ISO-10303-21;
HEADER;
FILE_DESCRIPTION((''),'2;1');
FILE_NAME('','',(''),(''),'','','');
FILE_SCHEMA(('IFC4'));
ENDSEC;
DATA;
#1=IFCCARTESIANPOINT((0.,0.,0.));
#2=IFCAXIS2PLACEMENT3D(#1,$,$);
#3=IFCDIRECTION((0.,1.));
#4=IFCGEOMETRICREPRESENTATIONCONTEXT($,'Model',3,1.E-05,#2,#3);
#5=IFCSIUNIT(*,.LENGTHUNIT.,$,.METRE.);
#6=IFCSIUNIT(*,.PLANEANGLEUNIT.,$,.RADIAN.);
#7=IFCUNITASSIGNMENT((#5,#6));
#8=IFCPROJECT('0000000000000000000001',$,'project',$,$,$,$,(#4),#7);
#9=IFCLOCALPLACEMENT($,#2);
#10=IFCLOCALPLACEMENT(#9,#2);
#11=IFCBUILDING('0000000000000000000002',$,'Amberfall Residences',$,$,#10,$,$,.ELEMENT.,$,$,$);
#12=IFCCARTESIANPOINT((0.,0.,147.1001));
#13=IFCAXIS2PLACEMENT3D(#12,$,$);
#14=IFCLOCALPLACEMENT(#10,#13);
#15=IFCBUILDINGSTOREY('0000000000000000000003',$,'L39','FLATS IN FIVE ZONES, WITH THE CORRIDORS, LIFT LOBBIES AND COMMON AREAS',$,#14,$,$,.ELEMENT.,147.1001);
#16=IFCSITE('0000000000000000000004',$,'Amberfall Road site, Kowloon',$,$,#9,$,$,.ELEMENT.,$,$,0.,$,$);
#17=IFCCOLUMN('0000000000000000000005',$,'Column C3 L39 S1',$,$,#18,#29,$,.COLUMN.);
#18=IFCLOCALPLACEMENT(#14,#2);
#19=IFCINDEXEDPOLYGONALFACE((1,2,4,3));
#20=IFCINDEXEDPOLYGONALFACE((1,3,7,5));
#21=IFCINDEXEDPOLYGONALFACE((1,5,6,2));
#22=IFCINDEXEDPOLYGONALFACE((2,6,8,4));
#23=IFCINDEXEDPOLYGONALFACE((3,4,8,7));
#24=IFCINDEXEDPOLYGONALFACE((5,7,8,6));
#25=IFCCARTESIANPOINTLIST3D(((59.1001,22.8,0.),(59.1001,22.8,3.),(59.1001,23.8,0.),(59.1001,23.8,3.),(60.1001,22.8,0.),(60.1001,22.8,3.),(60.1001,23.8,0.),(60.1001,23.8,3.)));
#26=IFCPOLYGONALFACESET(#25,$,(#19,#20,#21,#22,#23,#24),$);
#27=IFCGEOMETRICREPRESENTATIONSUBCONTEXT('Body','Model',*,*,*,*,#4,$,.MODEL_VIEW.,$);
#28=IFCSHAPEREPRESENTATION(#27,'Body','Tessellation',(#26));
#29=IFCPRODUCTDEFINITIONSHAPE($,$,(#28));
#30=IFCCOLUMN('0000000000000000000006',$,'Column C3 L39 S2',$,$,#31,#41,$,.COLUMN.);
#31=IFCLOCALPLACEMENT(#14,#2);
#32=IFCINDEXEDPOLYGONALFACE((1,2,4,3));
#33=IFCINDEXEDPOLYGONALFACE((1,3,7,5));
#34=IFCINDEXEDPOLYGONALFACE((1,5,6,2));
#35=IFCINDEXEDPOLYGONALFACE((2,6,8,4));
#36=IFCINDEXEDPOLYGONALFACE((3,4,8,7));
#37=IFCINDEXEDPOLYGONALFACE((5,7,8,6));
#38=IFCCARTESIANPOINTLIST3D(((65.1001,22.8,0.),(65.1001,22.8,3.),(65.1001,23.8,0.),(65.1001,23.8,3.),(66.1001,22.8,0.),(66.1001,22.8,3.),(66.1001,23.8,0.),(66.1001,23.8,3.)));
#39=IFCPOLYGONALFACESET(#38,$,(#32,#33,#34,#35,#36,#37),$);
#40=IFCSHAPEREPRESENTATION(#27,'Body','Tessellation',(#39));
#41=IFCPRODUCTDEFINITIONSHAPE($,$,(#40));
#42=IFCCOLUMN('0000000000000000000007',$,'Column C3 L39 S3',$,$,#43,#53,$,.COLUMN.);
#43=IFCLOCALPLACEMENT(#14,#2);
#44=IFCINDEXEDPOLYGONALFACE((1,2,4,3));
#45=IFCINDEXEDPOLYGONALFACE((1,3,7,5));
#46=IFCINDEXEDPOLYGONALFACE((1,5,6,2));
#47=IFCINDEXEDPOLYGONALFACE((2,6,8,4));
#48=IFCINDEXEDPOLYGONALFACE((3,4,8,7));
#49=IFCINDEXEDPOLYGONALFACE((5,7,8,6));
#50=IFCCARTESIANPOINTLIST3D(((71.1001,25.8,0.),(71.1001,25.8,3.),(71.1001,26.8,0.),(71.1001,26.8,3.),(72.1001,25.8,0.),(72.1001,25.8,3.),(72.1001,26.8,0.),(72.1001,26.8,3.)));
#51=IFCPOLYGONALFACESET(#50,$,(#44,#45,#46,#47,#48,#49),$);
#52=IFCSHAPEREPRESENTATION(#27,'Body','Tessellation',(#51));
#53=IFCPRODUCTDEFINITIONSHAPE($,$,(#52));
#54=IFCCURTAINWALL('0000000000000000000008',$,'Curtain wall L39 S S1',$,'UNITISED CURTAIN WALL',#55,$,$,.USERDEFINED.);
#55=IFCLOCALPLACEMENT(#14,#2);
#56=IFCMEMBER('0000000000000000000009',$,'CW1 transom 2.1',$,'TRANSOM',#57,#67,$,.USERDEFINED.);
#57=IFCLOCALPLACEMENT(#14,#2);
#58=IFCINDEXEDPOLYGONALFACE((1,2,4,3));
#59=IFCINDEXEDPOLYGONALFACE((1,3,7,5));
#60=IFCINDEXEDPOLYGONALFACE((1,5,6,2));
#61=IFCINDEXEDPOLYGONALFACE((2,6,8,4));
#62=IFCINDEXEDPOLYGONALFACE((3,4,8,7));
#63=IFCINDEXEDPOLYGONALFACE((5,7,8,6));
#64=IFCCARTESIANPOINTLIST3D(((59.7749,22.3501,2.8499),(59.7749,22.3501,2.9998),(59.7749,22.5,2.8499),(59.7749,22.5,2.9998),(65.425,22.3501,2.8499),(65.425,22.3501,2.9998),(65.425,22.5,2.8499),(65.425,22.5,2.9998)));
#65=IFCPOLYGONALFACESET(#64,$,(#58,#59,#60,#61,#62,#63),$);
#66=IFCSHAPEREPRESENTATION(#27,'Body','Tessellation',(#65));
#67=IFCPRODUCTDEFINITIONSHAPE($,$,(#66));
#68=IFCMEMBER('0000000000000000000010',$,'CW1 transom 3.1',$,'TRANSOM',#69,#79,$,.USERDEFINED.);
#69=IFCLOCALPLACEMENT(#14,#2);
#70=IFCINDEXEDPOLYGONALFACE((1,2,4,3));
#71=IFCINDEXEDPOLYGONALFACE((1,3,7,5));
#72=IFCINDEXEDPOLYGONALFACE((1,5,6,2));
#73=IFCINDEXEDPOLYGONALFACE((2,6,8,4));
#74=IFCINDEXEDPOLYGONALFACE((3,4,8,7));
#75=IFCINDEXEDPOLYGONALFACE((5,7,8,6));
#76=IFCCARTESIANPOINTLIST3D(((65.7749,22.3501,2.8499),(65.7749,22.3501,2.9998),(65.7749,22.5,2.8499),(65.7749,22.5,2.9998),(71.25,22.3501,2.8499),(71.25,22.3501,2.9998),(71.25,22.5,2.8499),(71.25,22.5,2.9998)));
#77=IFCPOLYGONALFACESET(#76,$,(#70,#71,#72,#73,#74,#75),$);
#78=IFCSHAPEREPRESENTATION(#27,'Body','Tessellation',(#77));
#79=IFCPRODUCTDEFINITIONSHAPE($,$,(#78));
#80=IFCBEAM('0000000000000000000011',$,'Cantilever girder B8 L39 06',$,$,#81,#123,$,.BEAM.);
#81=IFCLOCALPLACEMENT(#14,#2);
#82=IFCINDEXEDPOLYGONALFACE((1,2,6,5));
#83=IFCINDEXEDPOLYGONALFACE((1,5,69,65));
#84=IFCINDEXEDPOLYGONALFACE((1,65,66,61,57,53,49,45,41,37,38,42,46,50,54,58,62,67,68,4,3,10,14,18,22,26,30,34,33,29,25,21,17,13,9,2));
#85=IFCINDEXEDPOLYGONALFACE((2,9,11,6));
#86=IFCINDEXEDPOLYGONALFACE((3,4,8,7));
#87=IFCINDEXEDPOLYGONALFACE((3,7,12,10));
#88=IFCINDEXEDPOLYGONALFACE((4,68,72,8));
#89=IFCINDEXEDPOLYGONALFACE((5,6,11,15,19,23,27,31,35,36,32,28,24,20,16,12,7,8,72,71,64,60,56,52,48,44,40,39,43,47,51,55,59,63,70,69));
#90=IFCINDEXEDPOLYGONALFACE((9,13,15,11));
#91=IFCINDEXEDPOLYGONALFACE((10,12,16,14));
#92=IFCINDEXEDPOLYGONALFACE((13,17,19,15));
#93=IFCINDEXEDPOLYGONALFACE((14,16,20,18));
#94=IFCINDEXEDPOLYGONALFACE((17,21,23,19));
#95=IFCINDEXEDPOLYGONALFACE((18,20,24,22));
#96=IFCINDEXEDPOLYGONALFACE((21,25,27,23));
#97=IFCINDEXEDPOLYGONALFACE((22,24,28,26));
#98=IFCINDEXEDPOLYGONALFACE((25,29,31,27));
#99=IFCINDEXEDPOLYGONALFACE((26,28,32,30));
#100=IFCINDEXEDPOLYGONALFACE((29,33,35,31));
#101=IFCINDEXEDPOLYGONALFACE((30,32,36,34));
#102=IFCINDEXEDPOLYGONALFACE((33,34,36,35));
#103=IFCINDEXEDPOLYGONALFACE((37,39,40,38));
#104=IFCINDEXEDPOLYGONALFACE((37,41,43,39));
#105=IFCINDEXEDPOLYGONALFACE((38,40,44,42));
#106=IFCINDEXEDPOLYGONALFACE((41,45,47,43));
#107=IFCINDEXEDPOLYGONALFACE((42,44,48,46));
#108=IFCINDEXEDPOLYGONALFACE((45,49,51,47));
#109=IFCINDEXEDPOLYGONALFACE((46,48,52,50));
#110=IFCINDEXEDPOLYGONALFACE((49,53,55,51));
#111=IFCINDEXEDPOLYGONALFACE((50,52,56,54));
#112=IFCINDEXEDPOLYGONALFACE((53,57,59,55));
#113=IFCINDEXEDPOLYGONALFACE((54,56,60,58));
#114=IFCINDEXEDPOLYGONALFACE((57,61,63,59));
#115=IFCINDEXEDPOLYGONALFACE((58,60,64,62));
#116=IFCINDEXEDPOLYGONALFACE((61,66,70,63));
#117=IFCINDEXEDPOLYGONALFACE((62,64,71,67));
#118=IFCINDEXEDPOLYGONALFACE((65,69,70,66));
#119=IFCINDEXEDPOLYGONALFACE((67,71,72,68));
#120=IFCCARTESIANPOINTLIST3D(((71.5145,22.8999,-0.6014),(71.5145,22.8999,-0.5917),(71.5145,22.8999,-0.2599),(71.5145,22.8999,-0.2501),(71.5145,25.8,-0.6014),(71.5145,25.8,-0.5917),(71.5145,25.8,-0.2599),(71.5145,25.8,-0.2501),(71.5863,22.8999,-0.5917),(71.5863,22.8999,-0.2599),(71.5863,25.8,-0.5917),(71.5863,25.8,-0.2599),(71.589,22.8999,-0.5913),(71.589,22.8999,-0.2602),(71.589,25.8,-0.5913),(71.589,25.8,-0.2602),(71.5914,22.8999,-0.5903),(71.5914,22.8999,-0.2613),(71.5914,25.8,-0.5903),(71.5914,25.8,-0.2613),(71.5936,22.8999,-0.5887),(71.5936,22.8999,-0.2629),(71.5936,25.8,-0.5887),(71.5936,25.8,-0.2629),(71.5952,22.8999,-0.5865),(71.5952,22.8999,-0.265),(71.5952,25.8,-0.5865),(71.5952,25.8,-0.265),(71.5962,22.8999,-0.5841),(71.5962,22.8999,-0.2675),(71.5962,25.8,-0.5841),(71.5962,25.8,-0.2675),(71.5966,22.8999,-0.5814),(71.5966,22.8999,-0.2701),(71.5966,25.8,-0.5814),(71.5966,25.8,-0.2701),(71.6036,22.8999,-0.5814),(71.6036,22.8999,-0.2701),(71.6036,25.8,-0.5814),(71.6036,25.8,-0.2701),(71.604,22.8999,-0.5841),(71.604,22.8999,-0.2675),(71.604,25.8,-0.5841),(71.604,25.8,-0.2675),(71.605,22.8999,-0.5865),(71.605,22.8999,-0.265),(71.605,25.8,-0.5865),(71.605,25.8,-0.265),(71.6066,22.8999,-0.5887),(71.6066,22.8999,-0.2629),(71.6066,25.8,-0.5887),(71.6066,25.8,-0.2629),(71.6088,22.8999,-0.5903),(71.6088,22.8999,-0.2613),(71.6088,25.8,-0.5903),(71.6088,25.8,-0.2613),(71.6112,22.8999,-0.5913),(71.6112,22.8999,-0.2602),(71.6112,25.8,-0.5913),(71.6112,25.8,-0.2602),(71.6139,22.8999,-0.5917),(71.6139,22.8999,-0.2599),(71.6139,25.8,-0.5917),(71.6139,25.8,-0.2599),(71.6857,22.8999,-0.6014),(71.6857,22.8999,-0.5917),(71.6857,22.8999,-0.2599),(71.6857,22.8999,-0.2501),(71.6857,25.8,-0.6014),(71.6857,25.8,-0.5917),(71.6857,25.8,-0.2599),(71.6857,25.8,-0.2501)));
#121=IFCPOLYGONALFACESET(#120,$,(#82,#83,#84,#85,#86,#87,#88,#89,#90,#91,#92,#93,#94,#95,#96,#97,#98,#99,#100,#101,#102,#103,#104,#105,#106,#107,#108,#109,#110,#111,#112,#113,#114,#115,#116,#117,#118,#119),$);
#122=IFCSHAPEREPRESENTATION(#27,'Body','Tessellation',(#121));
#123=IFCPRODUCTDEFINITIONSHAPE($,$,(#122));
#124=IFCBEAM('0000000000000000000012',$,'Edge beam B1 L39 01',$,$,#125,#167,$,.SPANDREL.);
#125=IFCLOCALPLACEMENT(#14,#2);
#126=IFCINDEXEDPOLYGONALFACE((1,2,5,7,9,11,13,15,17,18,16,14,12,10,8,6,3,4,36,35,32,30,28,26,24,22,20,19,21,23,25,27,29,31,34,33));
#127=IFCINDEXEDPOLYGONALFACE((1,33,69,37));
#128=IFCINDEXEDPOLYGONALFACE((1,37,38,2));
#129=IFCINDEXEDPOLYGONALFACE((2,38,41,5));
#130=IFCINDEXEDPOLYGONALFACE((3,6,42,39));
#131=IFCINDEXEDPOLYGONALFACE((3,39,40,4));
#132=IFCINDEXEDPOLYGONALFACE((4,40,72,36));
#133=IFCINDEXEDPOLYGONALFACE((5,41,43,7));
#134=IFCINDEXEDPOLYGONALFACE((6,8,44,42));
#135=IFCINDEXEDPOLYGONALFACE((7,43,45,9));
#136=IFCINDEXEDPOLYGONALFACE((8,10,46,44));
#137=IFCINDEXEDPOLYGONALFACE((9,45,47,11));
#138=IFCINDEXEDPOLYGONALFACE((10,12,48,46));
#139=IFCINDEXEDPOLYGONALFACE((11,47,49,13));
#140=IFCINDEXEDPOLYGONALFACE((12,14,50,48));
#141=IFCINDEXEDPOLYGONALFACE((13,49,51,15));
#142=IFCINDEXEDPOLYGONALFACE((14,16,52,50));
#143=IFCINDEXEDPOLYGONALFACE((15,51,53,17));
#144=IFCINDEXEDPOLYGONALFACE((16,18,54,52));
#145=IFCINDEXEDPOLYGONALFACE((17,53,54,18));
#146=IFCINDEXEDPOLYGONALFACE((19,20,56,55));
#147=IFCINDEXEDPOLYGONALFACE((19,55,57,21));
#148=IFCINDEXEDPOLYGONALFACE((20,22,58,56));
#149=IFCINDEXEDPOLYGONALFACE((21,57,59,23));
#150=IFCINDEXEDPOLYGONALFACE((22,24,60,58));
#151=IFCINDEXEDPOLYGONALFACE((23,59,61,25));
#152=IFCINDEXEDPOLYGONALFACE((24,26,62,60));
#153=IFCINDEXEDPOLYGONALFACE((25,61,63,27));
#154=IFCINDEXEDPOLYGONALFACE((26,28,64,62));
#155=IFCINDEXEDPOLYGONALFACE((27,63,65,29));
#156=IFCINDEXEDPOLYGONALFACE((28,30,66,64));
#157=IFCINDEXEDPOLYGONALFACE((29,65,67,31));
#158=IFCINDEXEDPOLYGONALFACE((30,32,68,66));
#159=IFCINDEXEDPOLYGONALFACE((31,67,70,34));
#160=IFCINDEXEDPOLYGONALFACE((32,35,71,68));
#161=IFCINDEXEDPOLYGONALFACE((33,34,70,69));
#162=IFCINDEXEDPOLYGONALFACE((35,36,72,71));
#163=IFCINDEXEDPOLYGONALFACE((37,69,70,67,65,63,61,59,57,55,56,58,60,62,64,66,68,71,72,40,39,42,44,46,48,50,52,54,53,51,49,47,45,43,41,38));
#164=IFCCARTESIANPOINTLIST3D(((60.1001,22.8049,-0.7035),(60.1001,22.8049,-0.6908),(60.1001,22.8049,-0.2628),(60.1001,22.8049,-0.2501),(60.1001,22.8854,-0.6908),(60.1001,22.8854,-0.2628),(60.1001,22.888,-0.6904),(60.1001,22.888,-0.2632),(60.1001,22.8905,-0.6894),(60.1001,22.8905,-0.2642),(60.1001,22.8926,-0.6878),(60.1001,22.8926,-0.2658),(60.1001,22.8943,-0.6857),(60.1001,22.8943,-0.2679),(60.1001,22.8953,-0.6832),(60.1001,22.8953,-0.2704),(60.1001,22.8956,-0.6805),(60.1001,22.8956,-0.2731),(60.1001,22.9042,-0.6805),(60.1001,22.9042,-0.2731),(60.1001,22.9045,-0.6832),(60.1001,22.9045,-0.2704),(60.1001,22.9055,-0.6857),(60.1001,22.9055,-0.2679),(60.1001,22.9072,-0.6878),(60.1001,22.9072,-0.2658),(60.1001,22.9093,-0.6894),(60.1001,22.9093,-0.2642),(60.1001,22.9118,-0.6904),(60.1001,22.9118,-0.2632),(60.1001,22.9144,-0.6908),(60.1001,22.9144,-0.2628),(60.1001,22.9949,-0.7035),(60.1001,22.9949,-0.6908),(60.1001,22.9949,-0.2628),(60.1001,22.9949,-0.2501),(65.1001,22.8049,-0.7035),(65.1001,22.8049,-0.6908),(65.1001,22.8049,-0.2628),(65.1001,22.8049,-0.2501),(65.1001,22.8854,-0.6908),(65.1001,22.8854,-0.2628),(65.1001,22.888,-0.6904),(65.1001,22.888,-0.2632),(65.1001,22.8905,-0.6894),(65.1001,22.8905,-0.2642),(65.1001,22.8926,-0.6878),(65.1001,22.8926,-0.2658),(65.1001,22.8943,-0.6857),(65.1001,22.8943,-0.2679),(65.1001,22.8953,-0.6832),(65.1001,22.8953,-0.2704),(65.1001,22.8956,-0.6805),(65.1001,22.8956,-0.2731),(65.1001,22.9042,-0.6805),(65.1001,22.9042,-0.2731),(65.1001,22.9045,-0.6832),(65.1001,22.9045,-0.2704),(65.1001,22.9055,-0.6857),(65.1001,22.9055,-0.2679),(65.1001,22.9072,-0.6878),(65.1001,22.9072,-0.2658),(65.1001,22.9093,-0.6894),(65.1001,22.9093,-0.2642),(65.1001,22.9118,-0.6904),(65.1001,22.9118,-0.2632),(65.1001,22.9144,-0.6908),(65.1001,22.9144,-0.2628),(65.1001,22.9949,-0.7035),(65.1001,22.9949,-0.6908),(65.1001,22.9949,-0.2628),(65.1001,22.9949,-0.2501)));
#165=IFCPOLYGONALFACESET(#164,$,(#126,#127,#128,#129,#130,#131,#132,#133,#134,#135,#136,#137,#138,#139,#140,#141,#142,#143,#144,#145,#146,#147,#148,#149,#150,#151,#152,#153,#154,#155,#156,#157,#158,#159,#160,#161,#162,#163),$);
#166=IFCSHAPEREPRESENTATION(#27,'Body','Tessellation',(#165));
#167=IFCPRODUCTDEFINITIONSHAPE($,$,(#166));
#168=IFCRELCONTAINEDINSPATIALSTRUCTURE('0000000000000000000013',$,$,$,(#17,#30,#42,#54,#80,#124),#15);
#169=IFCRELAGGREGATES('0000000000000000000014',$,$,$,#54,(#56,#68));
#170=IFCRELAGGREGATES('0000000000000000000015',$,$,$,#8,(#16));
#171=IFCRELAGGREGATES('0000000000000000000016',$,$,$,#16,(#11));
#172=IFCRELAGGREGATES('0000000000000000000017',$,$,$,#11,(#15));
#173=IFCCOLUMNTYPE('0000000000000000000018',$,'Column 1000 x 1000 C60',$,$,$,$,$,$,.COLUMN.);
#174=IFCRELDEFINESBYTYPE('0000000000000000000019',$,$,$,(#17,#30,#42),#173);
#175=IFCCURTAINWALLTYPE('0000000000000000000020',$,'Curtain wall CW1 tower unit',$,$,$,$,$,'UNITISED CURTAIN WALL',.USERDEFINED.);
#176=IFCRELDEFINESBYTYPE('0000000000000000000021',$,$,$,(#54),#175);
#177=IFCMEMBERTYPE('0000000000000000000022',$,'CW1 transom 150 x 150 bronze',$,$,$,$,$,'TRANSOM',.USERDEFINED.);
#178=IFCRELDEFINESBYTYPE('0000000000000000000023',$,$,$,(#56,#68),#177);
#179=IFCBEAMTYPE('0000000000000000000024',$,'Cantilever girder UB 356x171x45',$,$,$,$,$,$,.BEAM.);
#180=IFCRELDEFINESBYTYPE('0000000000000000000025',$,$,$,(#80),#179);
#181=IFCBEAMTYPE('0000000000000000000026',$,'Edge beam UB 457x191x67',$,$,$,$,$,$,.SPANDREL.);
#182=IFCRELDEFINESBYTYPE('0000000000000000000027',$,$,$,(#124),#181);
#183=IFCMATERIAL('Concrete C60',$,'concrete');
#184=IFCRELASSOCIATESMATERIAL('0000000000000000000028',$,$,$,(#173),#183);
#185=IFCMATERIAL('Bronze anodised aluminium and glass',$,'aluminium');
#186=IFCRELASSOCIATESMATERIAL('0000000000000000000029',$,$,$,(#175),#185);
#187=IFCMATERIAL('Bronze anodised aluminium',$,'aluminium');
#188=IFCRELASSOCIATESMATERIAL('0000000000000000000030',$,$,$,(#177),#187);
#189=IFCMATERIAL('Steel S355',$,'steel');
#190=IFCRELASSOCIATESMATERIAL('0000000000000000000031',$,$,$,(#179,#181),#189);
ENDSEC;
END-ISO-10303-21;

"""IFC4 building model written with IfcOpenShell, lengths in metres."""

from ifc_helpers import new_model, si_unit, direction, frame, origin, origin_2d, place, context, subcontext, project, spatial, rectangle, i_section, extrude, material, material_profile, profile_set, type_object, element, aggregate, save


model = new_model("IFC4")

# Units and contexts
model_context = context("Model", 3, precision=1e-05, world=origin(), true_north=direction((0.0, 1.0)))
body_context = subcontext(model_context, "Body", "Model", "MODEL_VIEW")
ifc_project = project(units=[si_unit("LENGTHUNIT", "METRE"), si_unit("PLANEANGLEUNIT", "RADIAN")], contexts=[model_context])

# Site, building, storey
site_placement = place(None, origin())
site = spatial("IfcSite", under=ifc_project, at=site_placement, Name="Amberfall Road site, Kowloon", CompositionType="ELEMENT", RefElevation=0.0)
building_placement = place(site_placement, origin())
building = spatial("IfcBuilding", under=site, at=building_placement, Name="Amberfall Residences", CompositionType="ELEMENT")
storey_placement = place(building_placement, frame((0.0, 0.0, 147.1001)))
storey = spatial("IfcBuildingStorey", under=building, at=storey_placement, Name="L39", Description="FLATS IN FIVE ZONES, WITH THE CORRIDORS, LIFT LOBBIES AND COMMON AREAS", CompositionType="ELEMENT", Elevation=147.1001)

# Columns
ifc_material_1 = material(Name="Concrete C60", Category="concrete")
ifc_material_profile_1 = material_profile(ifc_material_1, rectangle(XDim=1.0, YDim=1.0, at=origin_2d()), Name="Column 1000 x 1000 C60")
ifc_profile_set_1 = profile_set([ifc_material_profile_1], Name="Concrete C60")
column_type = type_object("IfcColumnType", Name="Column 1000 x 1000 C60", PredefinedType="COLUMN", material=ifc_profile_set_1)
for number, where, z_axis, x_axis, name in (
    (1, (59.6001, 23.3, 0.0), (0.0, 0.0, 1.0), (1.0, 0.0, 0.0), "Column C3 L39 S1"),
    (2, (65.6001, 23.3, 0.0), (0.0, 0.0, 1.0), (1.0, 0.0, 0.0), "Column C3 L39 S2"),
    (3, (71.6001, 26.3, 0.0), (0.0, 0.0, 1.0), (1.0, 0.0, 0.0), "Column C3 L39 S3"),
):
    element("IfcColumn", number, at=place(storey_placement, frame(where, z_axis=z_axis, x_axis=x_axis)), inside=storey, type_object=column_type, Name=name, PredefinedType="COLUMN", context=body_context, shape_type="SweptSolid", body=[
        extrude(rectangle(XDim=1.0, YDim=1.0, at=origin_2d()), origin(), (0.0, 0.0, 1.0), 3.0),
    ])

# Curtain wall, members
ifc_material_2 = material(Name="Bronze anodised aluminium and glass", Category="aluminium")
curtain_wall_type = type_object("IfcCurtainWallType", Name="Curtain wall CW1 tower unit", ElementType="UNITISED CURTAIN WALL", PredefinedType="USERDEFINED", material=ifc_material_2)
curtain_wall_placement = place(storey_placement, origin())
curtain_wall = element("IfcCurtainWall", 4, at=curtain_wall_placement, inside=storey, type_object=curtain_wall_type, Name="Curtain wall L39 S S1", ObjectType="UNITISED CURTAIN WALL", PredefinedType="USERDEFINED")
ifc_material_3 = material(Name="Bronze anodised aluminium", Category="aluminium")
ifc_material_profile_2 = material_profile(ifc_material_3, rectangle(XDim=0.1499, YDim=0.1499, at=origin_2d()), Name="CW1 transom 150 x 150 bronze")
ifc_profile_set_2 = profile_set([ifc_material_profile_2], Name="Bronze anodised aluminium")
member_type_1 = type_object("IfcMemberType", Name="CW1 transom 150 x 150 bronze", ElementType="TRANSOM", PredefinedType="USERDEFINED", material=ifc_profile_set_2)
member_1_placement = place(storey_placement, frame((59.7749, 22.425, 2.9248), z_axis=(1.0, 0.0, 0.0), x_axis=(0.0, 1.0, 0.0)))
member_1 = element("IfcMember", 5, at=member_1_placement, type_object=member_type_1, Name="CW1 transom 2.1", ObjectType="TRANSOM", PredefinedType="USERDEFINED", context=body_context, shape_type="SweptSolid", body=[
    extrude(rectangle(XDim=0.1499, YDim=0.1499, at=origin_2d()), origin(), (0.0, 0.0, 1.0), 5.6501),
])
member_2_placement = place(storey_placement, frame((65.7749, 22.425, 2.9248), z_axis=(1.0, 0.0, 0.0), x_axis=(0.0, 1.0, 0.0)))
member_2 = element("IfcMember", 6, at=member_2_placement, type_object=member_type_1, Name="CW1 transom 3.1", ObjectType="TRANSOM", PredefinedType="USERDEFINED", context=body_context, shape_type="SweptSolid", body=[
    extrude(rectangle(XDim=0.1499, YDim=0.1499, at=origin_2d()), origin(), (0.0, 0.0, 1.0), 5.4751),
])

# Beams
ifc_material_4 = material(Name="Steel S355", Category="steel")
ifc_material_profile_3 = material_profile(ifc_material_4, i_section(OverallWidth=0.1711, OverallDepth=0.3513, WebThickness=0.0071, FlangeThickness=0.0098, FilletRadius=0.0103, at=origin_2d()), Name="UB 356x171x45")
ifc_profile_set_3 = profile_set([ifc_material_profile_3], Name="Steel S355")
beam_type_1 = type_object("IfcBeamType", Name="Cantilever girder UB 356x171x45", PredefinedType="BEAM", material=ifc_profile_set_3)
beam_1_placement = place(storey_placement, frame((71.6001, 25.8, -0.4258), z_axis=(0.0, -1.0, 0.0), x_axis=(1.0, 0.0, 0.0)))
element("IfcBeam", 7, at=beam_1_placement, inside=storey, type_object=beam_type_1, Name="Cantilever girder B8 L39 06", PredefinedType="BEAM", context=body_context, shape_type="SweptSolid", body=[
    extrude(i_section(OverallWidth=0.1711, OverallDepth=0.3513, WebThickness=0.0071, FlangeThickness=0.0098, FilletRadius=0.0103, at=origin_2d()), origin(), (0.0, 0.0, 1.0), 2.9001),
])
ifc_material_profile_4 = material_profile(ifc_material_4, i_section(OverallWidth=0.1899, OverallDepth=0.4534, WebThickness=0.0085, FlangeThickness=0.0127, FilletRadius=0.0103, at=origin_2d()), Name="UB 457x191x67")
ifc_profile_set_4 = profile_set([ifc_material_profile_4], Name="Steel S355")
beam_type_2 = type_object("IfcBeamType", Name="Edge beam UB 457x191x67", PredefinedType="SPANDREL", material=ifc_profile_set_4)
beam_2_placement = place(storey_placement, frame((60.1001, 22.8999, -0.4768), z_axis=(1.0, 0.0, 0.0), x_axis=(0.0, 1.0, 0.0)))
element("IfcBeam", 8, at=beam_2_placement, inside=storey, type_object=beam_type_2, Name="Edge beam B1 L39 01", PredefinedType="SPANDREL", context=body_context, shape_type="SweptSolid", body=[
    extrude(i_section(OverallWidth=0.1899, OverallDepth=0.4534, WebThickness=0.0085, FlangeThickness=0.0127, FilletRadius=0.0103, at=origin_2d()), origin(), (0.0, 0.0, 1.0), 5.0),
])

aggregate(curtain_wall, [member_1, member_2])

save(model, "model.ifc")
